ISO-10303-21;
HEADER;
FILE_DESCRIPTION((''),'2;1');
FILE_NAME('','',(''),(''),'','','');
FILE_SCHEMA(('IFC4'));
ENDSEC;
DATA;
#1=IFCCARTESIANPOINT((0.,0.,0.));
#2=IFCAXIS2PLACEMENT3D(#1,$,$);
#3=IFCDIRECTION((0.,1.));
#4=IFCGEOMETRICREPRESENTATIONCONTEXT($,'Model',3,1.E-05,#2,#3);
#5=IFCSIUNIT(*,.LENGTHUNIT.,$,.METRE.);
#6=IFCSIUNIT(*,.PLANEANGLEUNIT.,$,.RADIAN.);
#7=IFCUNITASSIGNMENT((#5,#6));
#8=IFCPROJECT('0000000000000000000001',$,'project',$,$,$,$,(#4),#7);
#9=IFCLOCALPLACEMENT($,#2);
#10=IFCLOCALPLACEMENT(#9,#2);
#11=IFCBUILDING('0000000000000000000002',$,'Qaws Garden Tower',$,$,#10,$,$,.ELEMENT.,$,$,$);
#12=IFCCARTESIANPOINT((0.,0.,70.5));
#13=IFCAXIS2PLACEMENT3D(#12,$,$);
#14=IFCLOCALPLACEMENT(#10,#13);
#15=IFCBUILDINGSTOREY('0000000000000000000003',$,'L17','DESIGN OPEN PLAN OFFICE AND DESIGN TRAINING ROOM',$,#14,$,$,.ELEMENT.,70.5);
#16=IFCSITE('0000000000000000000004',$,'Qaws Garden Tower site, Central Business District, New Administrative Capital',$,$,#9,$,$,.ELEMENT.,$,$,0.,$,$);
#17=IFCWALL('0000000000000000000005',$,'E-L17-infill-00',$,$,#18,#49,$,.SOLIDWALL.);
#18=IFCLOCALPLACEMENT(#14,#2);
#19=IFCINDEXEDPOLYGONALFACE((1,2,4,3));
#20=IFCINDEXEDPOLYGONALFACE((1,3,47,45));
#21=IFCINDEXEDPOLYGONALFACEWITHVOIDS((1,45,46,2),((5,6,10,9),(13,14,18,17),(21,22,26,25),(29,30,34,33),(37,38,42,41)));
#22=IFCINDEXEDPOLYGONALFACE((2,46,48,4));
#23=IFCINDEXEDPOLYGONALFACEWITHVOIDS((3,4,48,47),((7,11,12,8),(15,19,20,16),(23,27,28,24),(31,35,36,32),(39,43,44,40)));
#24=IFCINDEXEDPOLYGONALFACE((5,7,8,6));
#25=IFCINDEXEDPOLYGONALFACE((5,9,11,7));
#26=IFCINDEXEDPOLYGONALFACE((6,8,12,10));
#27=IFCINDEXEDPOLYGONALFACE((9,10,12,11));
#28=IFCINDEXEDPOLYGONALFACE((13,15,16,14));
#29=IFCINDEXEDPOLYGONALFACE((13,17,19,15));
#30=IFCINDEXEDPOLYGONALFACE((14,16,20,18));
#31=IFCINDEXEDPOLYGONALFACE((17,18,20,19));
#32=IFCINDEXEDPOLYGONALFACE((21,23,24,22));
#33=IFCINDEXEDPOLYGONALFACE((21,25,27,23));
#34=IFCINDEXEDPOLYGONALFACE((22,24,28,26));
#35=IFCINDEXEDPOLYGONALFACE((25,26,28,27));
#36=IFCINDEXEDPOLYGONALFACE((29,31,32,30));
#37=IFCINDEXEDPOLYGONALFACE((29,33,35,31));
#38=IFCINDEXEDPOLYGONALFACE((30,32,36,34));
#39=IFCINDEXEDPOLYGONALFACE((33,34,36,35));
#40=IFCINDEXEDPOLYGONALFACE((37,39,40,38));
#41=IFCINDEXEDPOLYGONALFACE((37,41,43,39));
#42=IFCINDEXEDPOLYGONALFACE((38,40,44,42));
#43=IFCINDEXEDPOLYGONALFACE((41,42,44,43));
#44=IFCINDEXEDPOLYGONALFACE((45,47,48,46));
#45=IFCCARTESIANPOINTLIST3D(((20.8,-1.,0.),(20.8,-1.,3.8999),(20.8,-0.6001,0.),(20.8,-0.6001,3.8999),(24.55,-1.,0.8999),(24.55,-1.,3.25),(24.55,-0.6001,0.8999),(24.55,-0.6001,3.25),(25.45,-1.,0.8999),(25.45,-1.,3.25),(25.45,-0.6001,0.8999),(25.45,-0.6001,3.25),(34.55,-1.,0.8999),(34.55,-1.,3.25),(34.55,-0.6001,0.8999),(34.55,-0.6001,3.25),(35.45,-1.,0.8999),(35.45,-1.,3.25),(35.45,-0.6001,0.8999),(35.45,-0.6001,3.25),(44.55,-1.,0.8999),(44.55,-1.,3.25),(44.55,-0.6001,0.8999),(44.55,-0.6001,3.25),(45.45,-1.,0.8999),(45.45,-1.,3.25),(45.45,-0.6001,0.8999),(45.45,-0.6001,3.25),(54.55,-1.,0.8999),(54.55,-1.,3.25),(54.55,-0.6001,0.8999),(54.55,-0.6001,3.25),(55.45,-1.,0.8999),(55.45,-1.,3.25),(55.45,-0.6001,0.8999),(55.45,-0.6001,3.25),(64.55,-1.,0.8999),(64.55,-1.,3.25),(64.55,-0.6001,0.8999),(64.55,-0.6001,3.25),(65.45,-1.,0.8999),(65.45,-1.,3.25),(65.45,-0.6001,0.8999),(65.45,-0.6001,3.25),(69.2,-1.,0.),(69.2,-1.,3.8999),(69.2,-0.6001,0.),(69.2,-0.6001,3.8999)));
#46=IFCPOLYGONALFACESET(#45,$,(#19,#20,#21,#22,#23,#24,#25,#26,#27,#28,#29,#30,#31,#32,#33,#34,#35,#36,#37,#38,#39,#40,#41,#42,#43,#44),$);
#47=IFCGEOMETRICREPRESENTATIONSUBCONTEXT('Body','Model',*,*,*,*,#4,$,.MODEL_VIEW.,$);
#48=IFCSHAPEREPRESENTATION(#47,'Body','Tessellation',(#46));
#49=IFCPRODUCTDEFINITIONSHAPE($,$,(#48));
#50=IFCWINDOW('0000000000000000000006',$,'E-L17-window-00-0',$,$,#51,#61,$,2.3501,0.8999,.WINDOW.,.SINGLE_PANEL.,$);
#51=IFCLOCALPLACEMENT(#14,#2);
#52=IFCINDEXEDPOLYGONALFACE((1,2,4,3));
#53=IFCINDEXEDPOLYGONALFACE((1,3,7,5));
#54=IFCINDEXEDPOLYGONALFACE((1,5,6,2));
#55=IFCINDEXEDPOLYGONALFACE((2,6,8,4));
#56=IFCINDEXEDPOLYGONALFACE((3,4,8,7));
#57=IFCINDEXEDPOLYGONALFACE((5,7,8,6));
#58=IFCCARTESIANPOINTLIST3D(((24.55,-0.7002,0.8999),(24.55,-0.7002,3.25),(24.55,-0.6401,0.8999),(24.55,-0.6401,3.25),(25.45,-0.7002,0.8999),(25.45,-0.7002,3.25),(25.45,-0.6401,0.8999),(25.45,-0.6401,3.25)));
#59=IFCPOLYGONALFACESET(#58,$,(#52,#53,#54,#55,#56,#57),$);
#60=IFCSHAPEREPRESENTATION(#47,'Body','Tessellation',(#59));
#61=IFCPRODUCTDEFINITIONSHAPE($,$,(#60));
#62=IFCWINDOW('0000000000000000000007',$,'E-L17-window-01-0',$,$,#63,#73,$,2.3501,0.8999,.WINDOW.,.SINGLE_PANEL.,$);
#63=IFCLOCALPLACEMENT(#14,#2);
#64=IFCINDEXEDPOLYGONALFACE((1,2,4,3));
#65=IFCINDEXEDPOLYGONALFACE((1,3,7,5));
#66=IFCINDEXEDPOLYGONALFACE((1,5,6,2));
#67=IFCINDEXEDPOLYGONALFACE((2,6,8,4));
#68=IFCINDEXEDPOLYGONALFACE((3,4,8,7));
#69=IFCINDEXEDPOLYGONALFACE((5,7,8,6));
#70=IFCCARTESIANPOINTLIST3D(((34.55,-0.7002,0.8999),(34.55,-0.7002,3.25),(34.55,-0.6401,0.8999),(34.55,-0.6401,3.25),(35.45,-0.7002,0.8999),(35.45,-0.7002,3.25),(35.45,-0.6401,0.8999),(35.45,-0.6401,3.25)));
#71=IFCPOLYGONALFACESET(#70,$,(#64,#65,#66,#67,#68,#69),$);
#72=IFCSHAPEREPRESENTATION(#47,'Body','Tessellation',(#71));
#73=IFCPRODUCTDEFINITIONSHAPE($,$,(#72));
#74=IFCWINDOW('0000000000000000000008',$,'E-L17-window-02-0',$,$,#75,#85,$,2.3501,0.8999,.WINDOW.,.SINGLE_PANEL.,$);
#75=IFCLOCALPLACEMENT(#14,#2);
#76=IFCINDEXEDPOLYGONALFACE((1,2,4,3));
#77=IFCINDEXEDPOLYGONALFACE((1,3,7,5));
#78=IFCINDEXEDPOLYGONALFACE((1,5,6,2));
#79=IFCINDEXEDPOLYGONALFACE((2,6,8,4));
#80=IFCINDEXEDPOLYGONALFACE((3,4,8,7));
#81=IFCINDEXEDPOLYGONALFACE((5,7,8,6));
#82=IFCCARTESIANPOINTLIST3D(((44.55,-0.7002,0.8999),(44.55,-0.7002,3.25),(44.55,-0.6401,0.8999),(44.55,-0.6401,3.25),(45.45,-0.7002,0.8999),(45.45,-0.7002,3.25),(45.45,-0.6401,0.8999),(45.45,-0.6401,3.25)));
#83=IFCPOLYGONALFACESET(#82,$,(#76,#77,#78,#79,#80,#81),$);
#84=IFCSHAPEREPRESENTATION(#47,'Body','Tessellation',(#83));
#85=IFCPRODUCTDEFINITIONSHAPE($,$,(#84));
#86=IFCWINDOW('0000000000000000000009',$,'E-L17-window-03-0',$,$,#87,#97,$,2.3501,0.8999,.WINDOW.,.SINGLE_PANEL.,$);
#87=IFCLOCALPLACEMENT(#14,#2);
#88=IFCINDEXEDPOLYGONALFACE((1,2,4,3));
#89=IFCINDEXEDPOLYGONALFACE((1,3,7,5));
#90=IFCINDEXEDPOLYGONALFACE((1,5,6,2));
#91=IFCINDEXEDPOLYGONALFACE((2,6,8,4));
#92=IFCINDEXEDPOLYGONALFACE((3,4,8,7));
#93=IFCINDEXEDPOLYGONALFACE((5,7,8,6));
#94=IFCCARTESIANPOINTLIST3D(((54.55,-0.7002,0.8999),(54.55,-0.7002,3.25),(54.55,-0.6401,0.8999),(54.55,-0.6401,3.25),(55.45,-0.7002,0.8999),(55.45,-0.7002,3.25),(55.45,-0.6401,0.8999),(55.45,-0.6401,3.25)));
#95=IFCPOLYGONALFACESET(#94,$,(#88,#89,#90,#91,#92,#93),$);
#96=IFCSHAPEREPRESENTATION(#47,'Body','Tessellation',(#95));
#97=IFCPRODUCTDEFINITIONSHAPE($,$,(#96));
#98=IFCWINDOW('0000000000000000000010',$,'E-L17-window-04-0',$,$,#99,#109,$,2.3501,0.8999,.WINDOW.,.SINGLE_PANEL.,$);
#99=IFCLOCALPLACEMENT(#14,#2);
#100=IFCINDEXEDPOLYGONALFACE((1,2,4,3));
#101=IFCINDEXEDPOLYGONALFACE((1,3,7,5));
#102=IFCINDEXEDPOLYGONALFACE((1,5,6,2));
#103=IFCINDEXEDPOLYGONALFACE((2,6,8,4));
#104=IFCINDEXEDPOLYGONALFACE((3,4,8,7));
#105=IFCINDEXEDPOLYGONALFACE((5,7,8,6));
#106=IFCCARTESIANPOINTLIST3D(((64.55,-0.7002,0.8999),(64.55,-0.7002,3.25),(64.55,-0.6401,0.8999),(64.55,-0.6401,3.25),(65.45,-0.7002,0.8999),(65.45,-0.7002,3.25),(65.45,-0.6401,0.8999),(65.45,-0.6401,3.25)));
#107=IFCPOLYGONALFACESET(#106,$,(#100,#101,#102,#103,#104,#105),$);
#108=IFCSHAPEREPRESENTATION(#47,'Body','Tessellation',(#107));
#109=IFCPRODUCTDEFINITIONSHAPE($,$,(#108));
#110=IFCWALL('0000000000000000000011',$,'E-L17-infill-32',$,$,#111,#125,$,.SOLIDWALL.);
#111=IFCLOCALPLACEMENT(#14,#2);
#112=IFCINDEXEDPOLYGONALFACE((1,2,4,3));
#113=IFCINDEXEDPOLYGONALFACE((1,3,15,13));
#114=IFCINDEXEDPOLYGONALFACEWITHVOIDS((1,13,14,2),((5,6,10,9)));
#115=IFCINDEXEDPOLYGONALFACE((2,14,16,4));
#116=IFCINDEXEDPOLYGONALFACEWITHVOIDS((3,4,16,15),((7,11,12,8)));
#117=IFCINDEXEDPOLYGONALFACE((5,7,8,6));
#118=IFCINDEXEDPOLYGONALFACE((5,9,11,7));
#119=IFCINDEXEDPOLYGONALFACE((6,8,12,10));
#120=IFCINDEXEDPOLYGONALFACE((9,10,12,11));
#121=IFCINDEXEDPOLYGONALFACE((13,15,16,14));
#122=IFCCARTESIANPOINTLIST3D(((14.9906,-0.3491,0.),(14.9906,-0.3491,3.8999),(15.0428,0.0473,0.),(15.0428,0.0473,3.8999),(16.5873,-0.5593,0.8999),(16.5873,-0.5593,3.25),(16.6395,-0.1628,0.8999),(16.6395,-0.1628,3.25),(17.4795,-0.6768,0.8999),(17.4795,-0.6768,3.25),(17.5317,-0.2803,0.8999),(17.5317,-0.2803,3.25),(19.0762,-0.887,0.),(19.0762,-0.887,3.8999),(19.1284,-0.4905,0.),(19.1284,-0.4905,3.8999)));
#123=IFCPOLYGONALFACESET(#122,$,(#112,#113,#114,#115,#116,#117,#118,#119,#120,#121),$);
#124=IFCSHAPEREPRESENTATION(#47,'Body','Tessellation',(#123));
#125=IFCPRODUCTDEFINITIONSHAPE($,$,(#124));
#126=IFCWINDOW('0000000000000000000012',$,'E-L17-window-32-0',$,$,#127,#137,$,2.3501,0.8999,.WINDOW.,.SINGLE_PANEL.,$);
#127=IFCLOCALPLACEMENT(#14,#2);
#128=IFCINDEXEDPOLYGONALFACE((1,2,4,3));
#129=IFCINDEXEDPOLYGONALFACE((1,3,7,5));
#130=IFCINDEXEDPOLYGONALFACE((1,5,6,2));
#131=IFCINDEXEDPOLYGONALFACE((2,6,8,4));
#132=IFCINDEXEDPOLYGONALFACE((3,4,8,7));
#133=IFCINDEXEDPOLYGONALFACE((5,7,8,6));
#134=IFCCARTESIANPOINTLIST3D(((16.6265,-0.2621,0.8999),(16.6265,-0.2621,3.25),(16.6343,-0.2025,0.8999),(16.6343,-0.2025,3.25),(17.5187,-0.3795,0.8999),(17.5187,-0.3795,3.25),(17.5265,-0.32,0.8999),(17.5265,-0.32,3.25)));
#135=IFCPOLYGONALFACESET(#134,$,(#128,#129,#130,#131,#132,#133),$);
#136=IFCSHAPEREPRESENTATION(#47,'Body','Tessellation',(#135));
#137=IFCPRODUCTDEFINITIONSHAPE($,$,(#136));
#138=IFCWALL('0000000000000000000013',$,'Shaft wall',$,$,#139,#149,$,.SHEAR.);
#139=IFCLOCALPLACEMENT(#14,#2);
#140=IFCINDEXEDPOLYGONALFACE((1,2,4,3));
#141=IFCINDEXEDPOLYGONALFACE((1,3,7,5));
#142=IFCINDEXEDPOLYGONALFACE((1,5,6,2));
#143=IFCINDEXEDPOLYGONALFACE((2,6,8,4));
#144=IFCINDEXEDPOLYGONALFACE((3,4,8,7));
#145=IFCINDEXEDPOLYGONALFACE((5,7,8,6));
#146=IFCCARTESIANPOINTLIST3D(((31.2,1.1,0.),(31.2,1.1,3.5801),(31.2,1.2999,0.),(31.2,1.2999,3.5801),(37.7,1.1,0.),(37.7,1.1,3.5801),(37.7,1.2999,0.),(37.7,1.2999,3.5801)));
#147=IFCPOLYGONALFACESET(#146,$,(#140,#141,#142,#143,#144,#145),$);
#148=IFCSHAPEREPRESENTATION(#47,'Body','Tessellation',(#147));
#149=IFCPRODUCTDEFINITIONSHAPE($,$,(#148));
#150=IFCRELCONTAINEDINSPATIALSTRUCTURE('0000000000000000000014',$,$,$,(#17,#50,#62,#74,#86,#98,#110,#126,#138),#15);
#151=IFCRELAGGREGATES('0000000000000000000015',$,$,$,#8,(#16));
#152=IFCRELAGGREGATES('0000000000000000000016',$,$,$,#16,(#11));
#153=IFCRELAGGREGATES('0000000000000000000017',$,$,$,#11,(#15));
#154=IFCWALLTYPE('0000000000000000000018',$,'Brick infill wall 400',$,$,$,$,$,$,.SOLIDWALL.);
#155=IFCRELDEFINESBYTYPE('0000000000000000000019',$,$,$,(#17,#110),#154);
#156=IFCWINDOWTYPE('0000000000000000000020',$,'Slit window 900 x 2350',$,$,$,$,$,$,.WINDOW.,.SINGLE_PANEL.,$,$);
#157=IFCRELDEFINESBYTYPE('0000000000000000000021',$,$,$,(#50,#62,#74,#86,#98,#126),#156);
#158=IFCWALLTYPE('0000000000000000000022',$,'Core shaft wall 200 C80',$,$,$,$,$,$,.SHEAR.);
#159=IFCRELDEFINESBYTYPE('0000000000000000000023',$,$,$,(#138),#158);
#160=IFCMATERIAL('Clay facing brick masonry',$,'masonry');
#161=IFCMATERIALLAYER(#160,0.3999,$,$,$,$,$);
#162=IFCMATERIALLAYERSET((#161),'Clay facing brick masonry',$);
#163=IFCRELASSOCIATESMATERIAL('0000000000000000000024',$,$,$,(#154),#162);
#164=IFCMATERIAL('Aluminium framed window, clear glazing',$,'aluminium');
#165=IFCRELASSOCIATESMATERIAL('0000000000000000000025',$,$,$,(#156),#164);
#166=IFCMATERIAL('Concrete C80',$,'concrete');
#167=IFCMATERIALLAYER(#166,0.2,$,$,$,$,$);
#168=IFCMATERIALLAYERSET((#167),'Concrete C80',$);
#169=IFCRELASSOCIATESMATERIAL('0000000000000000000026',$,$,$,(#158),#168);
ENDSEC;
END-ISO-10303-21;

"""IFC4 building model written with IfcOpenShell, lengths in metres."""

from ifc_helpers import new_model, si_unit, direction, frame, frame_2d, origin, place, context, subcontext, project, spatial, rectangle, extrude, material, layer, layer_set, type_object, element, fill, save


model = new_model("IFC4")

# Units and contexts
model_context = context("Model", 3, precision=1e-05, world=origin(), true_north=direction((0.0, 1.0)))
body_context = subcontext(model_context, "Body", "Model", "MODEL_VIEW")
ifc_project = project(units=[si_unit("LENGTHUNIT", "METRE"), si_unit("PLANEANGLEUNIT", "RADIAN")], contexts=[model_context])

# Site, building, storey
site_placement = place(None, origin())
site = spatial("IfcSite", under=ifc_project, at=site_placement, Name="Qaws Garden Tower site, Central Business District, New Administrative Capital", CompositionType="ELEMENT", RefElevation=0.0)
building_placement = place(site_placement, origin())
building = spatial("IfcBuilding", under=site, at=building_placement, Name="Qaws Garden Tower", CompositionType="ELEMENT")
storey_placement = place(building_placement, frame((0.0, 0.0, 70.5)))
storey = spatial("IfcBuildingStorey", under=building, at=storey_placement, Name="L17", Description="DESIGN OPEN PLAN OFFICE AND DESIGN TRAINING ROOM", CompositionType="ELEMENT", Elevation=70.5)

# Wall, openings, windows
ifc_material_1 = material(Name="Clay facing brick masonry", Category="masonry")
ifc_layer_1 = layer(ifc_material_1, 0.3999)
ifc_layer_set_1 = layer_set([ifc_layer_1], Name="Clay facing brick masonry")
wall_type_1 = type_object("IfcWallType", Name="Brick infill wall 400", PredefinedType="SOLIDWALL", material=ifc_layer_set_1)
wall_1_placement = place(storey_placement, frame((20.8, -0.8, 0.0), z_axis=(0.0, 0.0, 1.0), x_axis=(1.0, 0.0, 0.0)))
wall_1 = element("IfcWall", 1, at=wall_1_placement, inside=storey, type_object=wall_type_1, Name="E-L17-infill-00", PredefinedType="SOLIDWALL", context=body_context, shape_type="SweptSolid", body=[
    extrude(rectangle(XDim=48.3999, YDim=0.3999, at=frame_2d((24.2, 0.0))), origin(), (0.0, 0.0, 1.0), 3.8999),
])
opening_1_placement = place(wall_1_placement, frame((3.75, 0.0, 0.8999)))
opening_1 = element("IfcOpeningElement", 2, at=opening_1_placement, cuts=wall_1, PredefinedType="OPENING", context=body_context, shape_type="SweptSolid", body=[
    extrude(rectangle(XDim=0.8999, YDim=2.3501, at=frame_2d((0.45, 1.175))), frame((0.0, 0.21, 0.0), z_axis=(0.0, -1.0, 0.0), x_axis=(1.0, 0.0, 0.0)), (0.0, 0.0, 1.0), 0.4199),
])
opening_2_placement = place(wall_1_placement, frame((13.75, 0.0, 0.8999)))
opening_2 = element("IfcOpeningElement", 3, at=opening_2_placement, cuts=wall_1, PredefinedType="OPENING", context=body_context, shape_type="SweptSolid", body=[
    extrude(rectangle(XDim=0.8999, YDim=2.3501, at=frame_2d((0.45, 1.175))), frame((0.0, 0.21, 0.0), z_axis=(0.0, -1.0, 0.0), x_axis=(1.0, 0.0, 0.0)), (0.0, 0.0, 1.0), 0.4199),
])
opening_3_placement = place(wall_1_placement, frame((23.75, 0.0, 0.8999)))
opening_3 = element("IfcOpeningElement", 4, at=opening_3_placement, cuts=wall_1, PredefinedType="OPENING", context=body_context, shape_type="SweptSolid", body=[
    extrude(rectangle(XDim=0.8999, YDim=2.3501, at=frame_2d((0.45, 1.175))), frame((0.0, 0.21, 0.0), z_axis=(0.0, -1.0, 0.0), x_axis=(1.0, 0.0, 0.0)), (0.0, 0.0, 1.0), 0.4199),
])
opening_4_placement = place(wall_1_placement, frame((33.75, 0.0, 0.8999)))
opening_4 = element("IfcOpeningElement", 5, at=opening_4_placement, cuts=wall_1, PredefinedType="OPENING", context=body_context, shape_type="SweptSolid", body=[
    extrude(rectangle(XDim=0.8999, YDim=2.3501, at=frame_2d((0.45, 1.175))), frame((0.0, 0.21, 0.0), z_axis=(0.0, -1.0, 0.0), x_axis=(1.0, 0.0, 0.0)), (0.0, 0.0, 1.0), 0.4199),
])
opening_5_placement = place(wall_1_placement, frame((43.75, 0.0, 0.8999)))
opening_5 = element("IfcOpeningElement", 6, at=opening_5_placement, cuts=wall_1, PredefinedType="OPENING", context=body_context, shape_type="SweptSolid", body=[
    extrude(rectangle(XDim=0.8999, YDim=2.3501, at=frame_2d((0.45, 1.175))), frame((0.0, 0.21, 0.0), z_axis=(0.0, -1.0, 0.0), x_axis=(1.0, 0.0, 0.0)), (0.0, 0.0, 1.0), 0.4199),
])
ifc_material_2 = material(Name="Aluminium framed window, clear glazing", Category="aluminium")
window_type = type_object("IfcWindowType", Name="Slit window 900 x 2350", PartitioningType="SINGLE_PANEL", PredefinedType="WINDOW", material=ifc_material_2)
window_1_placement = place(opening_1_placement, origin())
window_1 = element("IfcWindow", 7, at=window_1_placement, inside=storey, type_object=window_type, Name="E-L17-window-00-0", OverallHeight=2.3501, OverallWidth=0.8999, PartitioningType="SINGLE_PANEL", PredefinedType="WINDOW", context=body_context, shape_type="SweptSolid", body=[
    extrude(rectangle(XDim=0.8999, YDim=2.3501, at=frame_2d((0.45, 1.175))), frame((0.0, 0.1599, 0.0), z_axis=(0.0, -1.0, 0.0), x_axis=(1.0, 0.0, 0.0)), (0.0, 0.0, 1.0), 0.0601),
])
fill(opening_1, window_1)
window_2_placement = place(opening_2_placement, origin())
window_2 = element("IfcWindow", 8, at=window_2_placement, inside=storey, type_object=window_type, Name="E-L17-window-01-0", OverallHeight=2.3501, OverallWidth=0.8999, PartitioningType="SINGLE_PANEL", PredefinedType="WINDOW", context=body_context, shape_type="SweptSolid", body=[
    extrude(rectangle(XDim=0.8999, YDim=2.3501, at=frame_2d((0.45, 1.175))), frame((0.0, 0.1599, 0.0), z_axis=(0.0, -1.0, 0.0), x_axis=(1.0, 0.0, 0.0)), (0.0, 0.0, 1.0), 0.0601),
])
fill(opening_2, window_2)
window_3_placement = place(opening_3_placement, origin())
window_3 = element("IfcWindow", 9, at=window_3_placement, inside=storey, type_object=window_type, Name="E-L17-window-02-0", OverallHeight=2.3501, OverallWidth=0.8999, PartitioningType="SINGLE_PANEL", PredefinedType="WINDOW", context=body_context, shape_type="SweptSolid", body=[
    extrude(rectangle(XDim=0.8999, YDim=2.3501, at=frame_2d((0.45, 1.175))), frame((0.0, 0.1599, 0.0), z_axis=(0.0, -1.0, 0.0), x_axis=(1.0, 0.0, 0.0)), (0.0, 0.0, 1.0), 0.0601),
])
fill(opening_3, window_3)
window_4_placement = place(opening_4_placement, origin())
window_4 = element("IfcWindow", 10, at=window_4_placement, inside=storey, type_object=window_type, Name="E-L17-window-03-0", OverallHeight=2.3501, OverallWidth=0.8999, PartitioningType="SINGLE_PANEL", PredefinedType="WINDOW", context=body_context, shape_type="SweptSolid", body=[
    extrude(rectangle(XDim=0.8999, YDim=2.3501, at=frame_2d((0.45, 1.175))), frame((0.0, 0.1599, 0.0), z_axis=(0.0, -1.0, 0.0), x_axis=(1.0, 0.0, 0.0)), (0.0, 0.0, 1.0), 0.0601),
])
fill(opening_4, window_4)
window_5_placement = place(opening_5_placement, origin())
window_5 = element("IfcWindow", 11, at=window_5_placement, inside=storey, type_object=window_type, Name="E-L17-window-04-0", OverallHeight=2.3501, OverallWidth=0.8999, PartitioningType="SINGLE_PANEL", PredefinedType="WINDOW", context=body_context, shape_type="SweptSolid", body=[
    extrude(rectangle(XDim=0.8999, YDim=2.3501, at=frame_2d((0.45, 1.175))), frame((0.0, 0.1599, 0.0), z_axis=(0.0, -1.0, 0.0), x_axis=(1.0, 0.0, 0.0)), (0.0, 0.0, 1.0), 0.0601),
])
fill(opening_5, window_5)

# Wall, opening, window
wall_2_placement = place(storey_placement, frame((15.0166, -0.1509, 0.0), z_axis=(0.0, 0.0, 1.0), x_axis=(0.991446, -0.130514, 0.0)))
wall_2 = element("IfcWall", 12, at=wall_2_placement, inside=storey, type_object=wall_type_1, Name="E-L17-infill-32", PredefinedType="SOLIDWALL", context=body_context, shape_type="SweptSolid", body=[
    extrude(rectangle(XDim=4.1208, YDim=0.3999, at=frame_2d((2.0605, 0.0))), origin(), (0.0, 0.0, 1.0), 3.8999),
])
opening_6_placement = place(wall_2_placement, frame((1.6106, 0.0, 0.8999)))
opening_6 = element("IfcOpeningElement", 13, at=opening_6_placement, cuts=wall_2, PredefinedType="OPENING", context=body_context, shape_type="SweptSolid", body=[
    extrude(rectangle(XDim=0.8999, YDim=2.3501, at=frame_2d((0.45, 1.175))), frame((0.0, 0.21, 0.0), z_axis=(0.0, -1.0, 0.0), x_axis=(1.0, 0.0, 0.0)), (0.0, 0.0, 1.0), 0.4199),
])
window_6_placement = place(opening_6_placement, origin())
window_6 = element("IfcWindow", 14, at=window_6_placement, inside=storey, type_object=window_type, Name="E-L17-window-32-0", OverallHeight=2.3501, OverallWidth=0.8999, PartitioningType="SINGLE_PANEL", PredefinedType="WINDOW", context=body_context, shape_type="SweptSolid", body=[
    extrude(rectangle(XDim=0.8999, YDim=2.3501, at=frame_2d((0.45, 1.175))), frame((0.0, 0.1599, 0.0), z_axis=(0.0, -1.0, 0.0), x_axis=(1.0, 0.0, 0.0)), (0.0, 0.0, 1.0), 0.0601),
])
fill(opening_6, window_6)

# Wall
ifc_material_3 = material(Name="Concrete C80", Category="concrete")
ifc_layer_2 = layer(ifc_material_3, 0.2)
ifc_layer_set_2 = layer_set([ifc_layer_2], Name="Concrete C80")
wall_type_2 = type_object("IfcWallType", Name="Core shaft wall 200 C80", PredefinedType="SHEAR", material=ifc_layer_set_2)
wall_3_placement = place(storey_placement, frame((31.2, 1.2, 0.0), z_axis=(0.0, 0.0, 1.0), x_axis=(1.0, 0.0, 0.0)))
element("IfcWall", 15, at=wall_3_placement, inside=storey, type_object=wall_type_2, Name="Shaft wall", PredefinedType="SHEAR", context=body_context, shape_type="SweptSolid", body=[
    extrude(rectangle(XDim=6.5, YDim=0.2, at=frame_2d((3.25, 0.0))), origin(), (0.0, 0.0, 1.0), 3.5801),
])

save(model, "model.ifc")
